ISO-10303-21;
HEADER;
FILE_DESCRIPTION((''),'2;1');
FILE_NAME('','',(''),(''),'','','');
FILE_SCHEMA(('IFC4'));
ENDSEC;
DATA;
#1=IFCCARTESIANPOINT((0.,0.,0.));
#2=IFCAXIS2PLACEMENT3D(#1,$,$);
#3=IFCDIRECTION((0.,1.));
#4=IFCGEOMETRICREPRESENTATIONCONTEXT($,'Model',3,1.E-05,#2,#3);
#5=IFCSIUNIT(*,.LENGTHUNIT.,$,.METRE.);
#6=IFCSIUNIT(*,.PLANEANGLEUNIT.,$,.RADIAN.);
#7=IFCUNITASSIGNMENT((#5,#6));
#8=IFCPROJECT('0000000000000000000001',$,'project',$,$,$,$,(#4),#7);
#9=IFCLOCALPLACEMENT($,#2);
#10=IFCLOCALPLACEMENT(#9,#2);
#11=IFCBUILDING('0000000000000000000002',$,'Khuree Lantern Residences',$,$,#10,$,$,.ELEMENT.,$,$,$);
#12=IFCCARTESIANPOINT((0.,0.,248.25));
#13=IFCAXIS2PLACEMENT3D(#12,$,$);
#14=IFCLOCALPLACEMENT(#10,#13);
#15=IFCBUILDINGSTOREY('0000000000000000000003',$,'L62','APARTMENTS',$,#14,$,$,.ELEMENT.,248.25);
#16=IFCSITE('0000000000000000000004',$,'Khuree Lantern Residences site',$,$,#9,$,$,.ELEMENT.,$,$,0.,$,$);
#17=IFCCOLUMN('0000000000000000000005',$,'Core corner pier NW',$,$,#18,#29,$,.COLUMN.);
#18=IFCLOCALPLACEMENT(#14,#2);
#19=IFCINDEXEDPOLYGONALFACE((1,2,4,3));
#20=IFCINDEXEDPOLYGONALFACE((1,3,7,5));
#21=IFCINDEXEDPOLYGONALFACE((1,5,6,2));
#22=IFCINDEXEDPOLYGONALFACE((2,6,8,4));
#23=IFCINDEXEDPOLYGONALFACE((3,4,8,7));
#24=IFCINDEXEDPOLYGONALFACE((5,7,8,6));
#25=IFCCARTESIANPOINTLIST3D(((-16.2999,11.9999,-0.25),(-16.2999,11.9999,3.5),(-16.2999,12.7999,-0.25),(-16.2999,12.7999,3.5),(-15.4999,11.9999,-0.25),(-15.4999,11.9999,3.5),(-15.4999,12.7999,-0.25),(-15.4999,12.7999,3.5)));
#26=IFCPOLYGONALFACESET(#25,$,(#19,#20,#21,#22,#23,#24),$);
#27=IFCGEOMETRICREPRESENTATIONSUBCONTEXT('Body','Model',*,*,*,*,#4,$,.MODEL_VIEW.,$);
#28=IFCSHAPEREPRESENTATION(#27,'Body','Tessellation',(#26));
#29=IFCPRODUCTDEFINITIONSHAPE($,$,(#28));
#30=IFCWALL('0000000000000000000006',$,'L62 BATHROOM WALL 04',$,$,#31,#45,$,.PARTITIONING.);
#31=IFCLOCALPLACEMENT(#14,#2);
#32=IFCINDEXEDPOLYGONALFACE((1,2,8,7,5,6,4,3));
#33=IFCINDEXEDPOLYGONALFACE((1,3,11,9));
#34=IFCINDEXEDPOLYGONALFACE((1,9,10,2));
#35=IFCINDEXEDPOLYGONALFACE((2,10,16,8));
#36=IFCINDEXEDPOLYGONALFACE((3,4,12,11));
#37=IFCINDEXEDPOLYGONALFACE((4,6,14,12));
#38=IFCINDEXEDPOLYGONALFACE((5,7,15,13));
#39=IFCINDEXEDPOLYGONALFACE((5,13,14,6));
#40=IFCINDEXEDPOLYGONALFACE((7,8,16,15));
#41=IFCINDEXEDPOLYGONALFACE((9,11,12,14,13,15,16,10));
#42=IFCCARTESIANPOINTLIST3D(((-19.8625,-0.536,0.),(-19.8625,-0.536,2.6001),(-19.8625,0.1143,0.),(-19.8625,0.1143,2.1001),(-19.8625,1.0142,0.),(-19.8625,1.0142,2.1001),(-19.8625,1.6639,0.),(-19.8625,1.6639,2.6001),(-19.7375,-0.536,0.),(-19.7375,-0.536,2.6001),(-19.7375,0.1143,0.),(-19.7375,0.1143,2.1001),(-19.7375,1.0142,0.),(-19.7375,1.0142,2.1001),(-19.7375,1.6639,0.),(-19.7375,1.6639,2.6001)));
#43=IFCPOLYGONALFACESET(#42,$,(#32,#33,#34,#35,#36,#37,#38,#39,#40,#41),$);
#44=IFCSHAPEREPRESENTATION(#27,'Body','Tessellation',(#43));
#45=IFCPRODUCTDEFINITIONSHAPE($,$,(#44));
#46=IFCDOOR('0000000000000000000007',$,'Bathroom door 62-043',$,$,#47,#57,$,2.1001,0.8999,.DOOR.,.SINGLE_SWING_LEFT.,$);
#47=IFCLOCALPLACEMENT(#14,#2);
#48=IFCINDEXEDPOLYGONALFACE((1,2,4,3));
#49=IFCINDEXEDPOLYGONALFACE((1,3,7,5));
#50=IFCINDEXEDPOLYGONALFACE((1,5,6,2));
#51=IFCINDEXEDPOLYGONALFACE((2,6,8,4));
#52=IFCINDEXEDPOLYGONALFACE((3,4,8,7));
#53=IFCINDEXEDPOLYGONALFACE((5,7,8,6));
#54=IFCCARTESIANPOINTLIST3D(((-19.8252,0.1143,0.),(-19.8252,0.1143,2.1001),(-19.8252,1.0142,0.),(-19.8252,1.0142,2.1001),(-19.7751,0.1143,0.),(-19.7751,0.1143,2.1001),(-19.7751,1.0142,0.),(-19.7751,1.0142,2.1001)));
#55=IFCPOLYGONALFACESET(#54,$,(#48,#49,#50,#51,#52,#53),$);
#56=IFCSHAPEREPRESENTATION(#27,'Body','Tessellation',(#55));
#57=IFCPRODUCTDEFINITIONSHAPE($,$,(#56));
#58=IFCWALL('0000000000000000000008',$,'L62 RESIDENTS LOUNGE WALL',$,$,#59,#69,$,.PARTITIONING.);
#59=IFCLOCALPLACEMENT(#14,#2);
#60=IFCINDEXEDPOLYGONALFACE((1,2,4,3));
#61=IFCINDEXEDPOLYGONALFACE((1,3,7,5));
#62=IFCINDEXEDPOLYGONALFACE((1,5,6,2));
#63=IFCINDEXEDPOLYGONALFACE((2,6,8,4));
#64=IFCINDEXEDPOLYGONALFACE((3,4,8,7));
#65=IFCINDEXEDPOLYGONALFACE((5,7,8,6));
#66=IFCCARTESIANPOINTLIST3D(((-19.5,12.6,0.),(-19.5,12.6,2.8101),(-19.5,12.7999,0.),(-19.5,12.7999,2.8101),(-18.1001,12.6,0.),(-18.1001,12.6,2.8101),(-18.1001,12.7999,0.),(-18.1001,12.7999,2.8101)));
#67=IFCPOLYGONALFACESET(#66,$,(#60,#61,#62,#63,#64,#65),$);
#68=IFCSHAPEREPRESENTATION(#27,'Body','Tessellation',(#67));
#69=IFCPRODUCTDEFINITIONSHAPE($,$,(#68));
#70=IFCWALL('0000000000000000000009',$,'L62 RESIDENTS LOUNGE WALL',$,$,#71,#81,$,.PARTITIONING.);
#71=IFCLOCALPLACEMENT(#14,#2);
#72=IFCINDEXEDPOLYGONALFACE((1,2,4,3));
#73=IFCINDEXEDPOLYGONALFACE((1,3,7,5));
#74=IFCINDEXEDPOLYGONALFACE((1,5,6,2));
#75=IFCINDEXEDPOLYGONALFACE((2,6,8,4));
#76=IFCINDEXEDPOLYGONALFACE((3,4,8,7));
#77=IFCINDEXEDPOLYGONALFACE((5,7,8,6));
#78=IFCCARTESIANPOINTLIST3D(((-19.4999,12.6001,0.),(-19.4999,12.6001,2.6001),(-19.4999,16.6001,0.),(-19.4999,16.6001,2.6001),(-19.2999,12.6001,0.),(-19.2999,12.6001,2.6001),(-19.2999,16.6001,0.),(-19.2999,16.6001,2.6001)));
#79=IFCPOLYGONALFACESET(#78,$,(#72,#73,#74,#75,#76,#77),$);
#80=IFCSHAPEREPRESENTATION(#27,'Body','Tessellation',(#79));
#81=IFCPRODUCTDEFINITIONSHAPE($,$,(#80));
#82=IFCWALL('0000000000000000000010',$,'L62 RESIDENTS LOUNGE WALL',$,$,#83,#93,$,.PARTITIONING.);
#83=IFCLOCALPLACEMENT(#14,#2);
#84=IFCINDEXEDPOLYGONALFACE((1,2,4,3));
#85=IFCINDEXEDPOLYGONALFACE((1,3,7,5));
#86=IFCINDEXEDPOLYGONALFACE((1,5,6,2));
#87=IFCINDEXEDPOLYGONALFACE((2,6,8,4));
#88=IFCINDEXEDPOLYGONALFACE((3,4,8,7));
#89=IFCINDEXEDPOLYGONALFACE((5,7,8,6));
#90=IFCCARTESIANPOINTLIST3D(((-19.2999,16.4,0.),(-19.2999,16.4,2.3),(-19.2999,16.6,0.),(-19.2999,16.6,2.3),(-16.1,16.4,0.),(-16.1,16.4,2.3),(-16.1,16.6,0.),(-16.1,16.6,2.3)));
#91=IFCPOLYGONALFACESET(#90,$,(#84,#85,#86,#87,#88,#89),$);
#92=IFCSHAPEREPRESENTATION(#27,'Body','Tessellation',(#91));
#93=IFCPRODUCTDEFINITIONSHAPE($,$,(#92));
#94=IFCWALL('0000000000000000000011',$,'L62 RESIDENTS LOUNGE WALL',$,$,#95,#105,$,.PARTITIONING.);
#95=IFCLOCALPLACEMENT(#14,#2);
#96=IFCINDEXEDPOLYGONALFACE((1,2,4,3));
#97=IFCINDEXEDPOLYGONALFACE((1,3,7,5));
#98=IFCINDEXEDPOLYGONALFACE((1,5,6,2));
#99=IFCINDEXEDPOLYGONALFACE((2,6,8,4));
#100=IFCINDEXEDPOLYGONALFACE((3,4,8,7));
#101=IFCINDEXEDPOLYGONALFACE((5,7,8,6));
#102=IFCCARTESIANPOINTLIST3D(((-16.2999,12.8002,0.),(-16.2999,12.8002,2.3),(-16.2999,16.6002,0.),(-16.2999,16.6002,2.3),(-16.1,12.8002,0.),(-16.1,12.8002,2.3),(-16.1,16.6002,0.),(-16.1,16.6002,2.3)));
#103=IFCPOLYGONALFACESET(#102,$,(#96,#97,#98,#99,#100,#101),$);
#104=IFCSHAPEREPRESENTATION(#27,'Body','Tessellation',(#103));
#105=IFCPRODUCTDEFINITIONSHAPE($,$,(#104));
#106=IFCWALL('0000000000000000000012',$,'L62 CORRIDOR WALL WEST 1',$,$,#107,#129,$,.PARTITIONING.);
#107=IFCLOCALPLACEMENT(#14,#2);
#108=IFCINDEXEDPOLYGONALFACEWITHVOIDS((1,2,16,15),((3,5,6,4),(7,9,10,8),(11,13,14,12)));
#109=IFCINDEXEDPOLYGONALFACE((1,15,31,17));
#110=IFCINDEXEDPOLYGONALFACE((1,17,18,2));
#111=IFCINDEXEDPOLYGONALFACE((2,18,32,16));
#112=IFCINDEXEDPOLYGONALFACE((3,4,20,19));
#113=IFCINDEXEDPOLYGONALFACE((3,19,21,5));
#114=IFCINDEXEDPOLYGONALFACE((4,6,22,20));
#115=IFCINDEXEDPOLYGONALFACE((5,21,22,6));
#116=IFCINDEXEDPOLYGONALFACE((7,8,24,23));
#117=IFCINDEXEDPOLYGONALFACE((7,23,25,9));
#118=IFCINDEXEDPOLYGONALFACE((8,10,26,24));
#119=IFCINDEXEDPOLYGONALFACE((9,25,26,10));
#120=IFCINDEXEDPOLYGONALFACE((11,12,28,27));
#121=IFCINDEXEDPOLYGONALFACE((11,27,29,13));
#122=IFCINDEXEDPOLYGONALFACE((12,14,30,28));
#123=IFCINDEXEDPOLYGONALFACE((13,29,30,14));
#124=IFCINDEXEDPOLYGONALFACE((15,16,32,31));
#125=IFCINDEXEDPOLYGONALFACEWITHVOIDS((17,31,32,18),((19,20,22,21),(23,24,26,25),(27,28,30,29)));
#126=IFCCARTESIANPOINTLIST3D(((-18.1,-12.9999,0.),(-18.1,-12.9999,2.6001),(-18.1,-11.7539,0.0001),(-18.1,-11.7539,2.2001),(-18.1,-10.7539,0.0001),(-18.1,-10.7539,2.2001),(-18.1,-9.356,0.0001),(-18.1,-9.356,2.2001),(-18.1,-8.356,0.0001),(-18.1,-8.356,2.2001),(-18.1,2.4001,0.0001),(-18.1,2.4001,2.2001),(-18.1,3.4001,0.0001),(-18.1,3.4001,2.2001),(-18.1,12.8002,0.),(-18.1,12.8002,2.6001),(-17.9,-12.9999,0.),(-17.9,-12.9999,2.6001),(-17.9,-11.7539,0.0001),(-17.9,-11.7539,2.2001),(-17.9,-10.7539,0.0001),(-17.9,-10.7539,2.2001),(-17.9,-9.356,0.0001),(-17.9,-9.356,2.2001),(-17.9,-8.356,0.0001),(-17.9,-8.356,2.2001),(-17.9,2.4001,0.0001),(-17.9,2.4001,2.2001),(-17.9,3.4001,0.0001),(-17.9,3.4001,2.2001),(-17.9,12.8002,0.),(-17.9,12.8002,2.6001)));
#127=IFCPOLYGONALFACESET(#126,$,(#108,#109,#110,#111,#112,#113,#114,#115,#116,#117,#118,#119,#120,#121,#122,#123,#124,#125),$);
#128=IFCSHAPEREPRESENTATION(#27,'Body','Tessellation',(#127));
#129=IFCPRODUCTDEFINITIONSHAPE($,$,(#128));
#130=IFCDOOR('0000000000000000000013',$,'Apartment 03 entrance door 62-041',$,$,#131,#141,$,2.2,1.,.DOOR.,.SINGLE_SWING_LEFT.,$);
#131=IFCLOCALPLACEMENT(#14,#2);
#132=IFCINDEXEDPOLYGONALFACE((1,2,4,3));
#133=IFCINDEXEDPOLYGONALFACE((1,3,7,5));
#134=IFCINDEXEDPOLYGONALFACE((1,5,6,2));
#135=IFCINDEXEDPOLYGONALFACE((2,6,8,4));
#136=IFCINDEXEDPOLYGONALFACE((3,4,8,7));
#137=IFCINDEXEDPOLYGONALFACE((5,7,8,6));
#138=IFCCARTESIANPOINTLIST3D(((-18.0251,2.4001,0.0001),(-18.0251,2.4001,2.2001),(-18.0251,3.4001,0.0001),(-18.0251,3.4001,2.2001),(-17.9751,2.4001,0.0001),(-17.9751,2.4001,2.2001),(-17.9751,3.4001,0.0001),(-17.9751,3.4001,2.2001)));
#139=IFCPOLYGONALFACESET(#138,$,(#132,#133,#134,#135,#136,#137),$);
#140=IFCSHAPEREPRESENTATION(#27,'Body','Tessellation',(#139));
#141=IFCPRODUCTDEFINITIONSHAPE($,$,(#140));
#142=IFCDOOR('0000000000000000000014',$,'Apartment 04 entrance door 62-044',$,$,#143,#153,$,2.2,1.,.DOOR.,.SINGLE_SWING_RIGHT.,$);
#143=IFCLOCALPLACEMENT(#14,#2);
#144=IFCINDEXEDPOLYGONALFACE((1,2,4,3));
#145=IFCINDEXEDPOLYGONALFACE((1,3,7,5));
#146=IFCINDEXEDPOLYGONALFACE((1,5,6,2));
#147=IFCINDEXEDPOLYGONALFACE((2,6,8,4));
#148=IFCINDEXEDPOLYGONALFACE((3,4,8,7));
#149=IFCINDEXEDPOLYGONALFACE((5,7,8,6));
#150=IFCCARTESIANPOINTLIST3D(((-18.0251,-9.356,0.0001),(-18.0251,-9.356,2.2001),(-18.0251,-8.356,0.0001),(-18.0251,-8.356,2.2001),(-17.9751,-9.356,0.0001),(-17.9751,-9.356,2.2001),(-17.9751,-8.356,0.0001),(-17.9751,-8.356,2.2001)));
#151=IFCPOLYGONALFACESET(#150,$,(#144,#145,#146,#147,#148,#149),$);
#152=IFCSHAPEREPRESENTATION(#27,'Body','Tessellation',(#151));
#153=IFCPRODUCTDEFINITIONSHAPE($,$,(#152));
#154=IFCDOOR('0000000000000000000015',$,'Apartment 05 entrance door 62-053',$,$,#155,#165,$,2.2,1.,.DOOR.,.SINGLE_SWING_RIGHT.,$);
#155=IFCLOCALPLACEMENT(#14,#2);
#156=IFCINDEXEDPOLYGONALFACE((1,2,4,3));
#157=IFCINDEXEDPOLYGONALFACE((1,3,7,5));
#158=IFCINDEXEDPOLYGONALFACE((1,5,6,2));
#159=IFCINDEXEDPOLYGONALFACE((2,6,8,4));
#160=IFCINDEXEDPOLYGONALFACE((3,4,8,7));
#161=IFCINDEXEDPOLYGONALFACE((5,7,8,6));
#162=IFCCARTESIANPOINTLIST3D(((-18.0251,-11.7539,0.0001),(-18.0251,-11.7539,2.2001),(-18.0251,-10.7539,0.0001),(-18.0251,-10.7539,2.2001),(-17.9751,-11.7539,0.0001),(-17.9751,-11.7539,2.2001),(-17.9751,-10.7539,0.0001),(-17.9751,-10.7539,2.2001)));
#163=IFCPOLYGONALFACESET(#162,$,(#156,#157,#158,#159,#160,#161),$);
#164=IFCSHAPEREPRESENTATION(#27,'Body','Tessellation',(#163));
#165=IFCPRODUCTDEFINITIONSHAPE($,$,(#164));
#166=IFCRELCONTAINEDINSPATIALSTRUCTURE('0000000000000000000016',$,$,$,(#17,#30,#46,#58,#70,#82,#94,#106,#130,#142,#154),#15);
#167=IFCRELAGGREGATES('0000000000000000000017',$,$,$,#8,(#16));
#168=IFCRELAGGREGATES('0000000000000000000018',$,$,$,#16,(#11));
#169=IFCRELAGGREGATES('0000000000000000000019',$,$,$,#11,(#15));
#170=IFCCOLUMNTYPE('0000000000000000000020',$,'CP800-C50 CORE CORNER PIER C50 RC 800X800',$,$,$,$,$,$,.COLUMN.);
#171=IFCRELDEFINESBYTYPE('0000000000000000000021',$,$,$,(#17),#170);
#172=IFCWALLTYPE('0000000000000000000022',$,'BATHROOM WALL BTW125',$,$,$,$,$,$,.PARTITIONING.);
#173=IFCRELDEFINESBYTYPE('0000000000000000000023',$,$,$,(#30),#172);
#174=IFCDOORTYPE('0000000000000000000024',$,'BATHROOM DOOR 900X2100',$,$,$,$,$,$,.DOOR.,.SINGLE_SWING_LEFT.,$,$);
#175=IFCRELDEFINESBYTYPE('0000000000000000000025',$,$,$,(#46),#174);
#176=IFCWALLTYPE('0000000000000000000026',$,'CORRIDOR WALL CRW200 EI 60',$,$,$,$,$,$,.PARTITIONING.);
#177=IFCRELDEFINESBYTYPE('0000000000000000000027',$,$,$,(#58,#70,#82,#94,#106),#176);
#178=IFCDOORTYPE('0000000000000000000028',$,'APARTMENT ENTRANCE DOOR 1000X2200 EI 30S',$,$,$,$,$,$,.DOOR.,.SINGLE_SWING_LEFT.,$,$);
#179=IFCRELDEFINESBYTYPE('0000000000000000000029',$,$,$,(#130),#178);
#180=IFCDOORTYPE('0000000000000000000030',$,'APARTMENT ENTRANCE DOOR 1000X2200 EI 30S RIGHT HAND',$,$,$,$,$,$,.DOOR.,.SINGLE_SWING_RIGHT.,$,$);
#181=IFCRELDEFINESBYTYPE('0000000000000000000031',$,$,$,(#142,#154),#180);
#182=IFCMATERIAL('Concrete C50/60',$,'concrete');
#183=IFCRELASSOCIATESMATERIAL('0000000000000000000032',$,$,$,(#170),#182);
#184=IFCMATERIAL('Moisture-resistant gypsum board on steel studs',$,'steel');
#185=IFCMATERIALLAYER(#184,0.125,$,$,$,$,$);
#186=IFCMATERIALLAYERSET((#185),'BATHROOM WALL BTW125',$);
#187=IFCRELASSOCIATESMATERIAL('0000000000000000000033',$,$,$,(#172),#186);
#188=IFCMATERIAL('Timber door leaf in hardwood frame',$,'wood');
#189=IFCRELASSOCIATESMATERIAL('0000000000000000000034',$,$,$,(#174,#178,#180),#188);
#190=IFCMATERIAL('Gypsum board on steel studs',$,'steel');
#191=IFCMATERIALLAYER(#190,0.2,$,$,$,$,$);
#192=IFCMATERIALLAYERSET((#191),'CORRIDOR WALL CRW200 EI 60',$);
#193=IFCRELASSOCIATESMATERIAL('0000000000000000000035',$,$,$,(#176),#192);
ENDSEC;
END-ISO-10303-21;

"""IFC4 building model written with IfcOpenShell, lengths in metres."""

from ifc_helpers import new_model, si_unit, direction, frame, frame_2d, origin, origin_2d, place, context, subcontext, project, spatial, rectangle, extrude, material, layer, layer_set, material_profile, profile_set, type_object, element, fill, save


model = new_model("IFC4")

# Units and contexts
model_context = context("Model", 3, precision=1e-05, world=origin(), true_north=direction((0.0, 1.0)))
body_context = subcontext(model_context, "Body", "Model", "MODEL_VIEW")
ifc_project = project(units=[si_unit("LENGTHUNIT", "METRE"), si_unit("PLANEANGLEUNIT", "RADIAN")], contexts=[model_context])

# Site, building, storey
site_placement = place(None, origin())
site = spatial("IfcSite", under=ifc_project, at=site_placement, Name="Khuree Lantern Residences site", CompositionType="ELEMENT", RefElevation=0.0)
building_placement = place(site_placement, origin())
building = spatial("IfcBuilding", under=site, at=building_placement, Name="Khuree Lantern Residences", CompositionType="ELEMENT")
storey_placement = place(building_placement, frame((0.0, 0.0, 248.25)))
storey = spatial("IfcBuildingStorey", under=building, at=storey_placement, Name="L62", Description="APARTMENTS", CompositionType="ELEMENT", Elevation=248.25)

# Column
ifc_material_1 = material(Name="Concrete C50/60", Category="concrete")
ifc_material_profile = material_profile(ifc_material_1, rectangle(XDim=0.8, YDim=0.8, at=origin_2d()), Name="RC 800X800")
ifc_profile_set = profile_set([ifc_material_profile], Name="Concrete C50/60")
column_type = type_object("IfcColumnType", Name="CP800-C50 CORE CORNER PIER C50 RC 800X800", PredefinedType="COLUMN", material=ifc_profile_set)
column_placement = place(storey_placement, frame((-15.8999, 12.3999, -0.25), z_axis=(0.0, 0.0, 1.0), x_axis=(1.0, 0.0, 0.0)))
element("IfcColumn", 1, at=column_placement, inside=storey, type_object=column_type, Name="Core corner pier NW", PredefinedType="COLUMN", context=body_context, shape_type="SweptSolid", body=[
    extrude(rectangle(XDim=0.8, YDim=0.8, at=origin_2d()), origin(), (0.0, 0.0, 1.0), 3.75),
])

# Wall, opening, door
ifc_material_2 = material(Name="Moisture-resistant gypsum board on steel studs", Category="steel")
ifc_layer_1 = layer(ifc_material_2, 0.125)
ifc_layer_set_1 = layer_set([ifc_layer_1], Name="BATHROOM WALL BTW125")
wall_type_1 = type_object("IfcWallType", Name="BATHROOM WALL BTW125", PredefinedType="PARTITIONING", material=ifc_layer_set_1)
wall_1_placement = place(storey_placement, frame((-19.8, 1.6641, 0.0), z_axis=(0.0, 0.0, 1.0), x_axis=(0.0, -1.0, 0.0)))
wall_1 = element("IfcWall", 2, at=wall_1_placement, inside=storey, type_object=wall_type_1, Name="L62 BATHROOM WALL 04", PredefinedType="PARTITIONING", context=body_context, shape_type="SweptSolid", body=[
    extrude(rectangle(XDim=2.2, YDim=0.125, at=frame_2d((1.1001, 0.0))), origin(), (0.0, 0.0, 1.0), 2.6001),
])
opening_1_placement = place(wall_1_placement, frame((0.6499, 0.0, 0.0)))
opening_1 = element("IfcOpeningElement", 3, at=opening_1_placement, cuts=wall_1, PredefinedType="OPENING", context=body_context, shape_type="SweptSolid", body=[
    extrude(rectangle(XDim=0.8999, YDim=2.1001, at=frame_2d((0.45, 1.05))), frame((0.0, 0.0725, 0.0), z_axis=(0.0, -1.0, 0.0), x_axis=(1.0, 0.0, 0.0)), (0.0, 0.0, 1.0), 0.145),
])
ifc_material_3 = material(Name="Timber door leaf in hardwood frame", Category="wood")
door_type_1 = type_object("IfcDoorType", Name="BATHROOM DOOR 900X2100", OperationType="SINGLE_SWING_LEFT", PredefinedType="DOOR", material=ifc_material_3)
door_1_placement = place(opening_1_placement, origin())
door_1 = element("IfcDoor", 4, at=door_1_placement, inside=storey, type_object=door_type_1, Name="Bathroom door 62-043", OperationType="SINGLE_SWING_LEFT", OverallHeight=2.1001, OverallWidth=0.8999, PredefinedType="DOOR", context=body_context, shape_type="SweptSolid", body=[
    extrude(rectangle(XDim=0.8999, YDim=2.1001, at=frame_2d((0.45, 1.05))), frame((0.0, 0.0249, 0.0), z_axis=(0.0, -1.0, 0.0), x_axis=(1.0, 0.0, 0.0)), (0.0, 0.0, 1.0), 0.05),
])
fill(opening_1, door_1)

# Walls
ifc_material_4 = material(Name="Gypsum board on steel studs", Category="steel")
ifc_layer_2 = layer(ifc_material_4, 0.2)
ifc_layer_set_2 = layer_set([ifc_layer_2], Name="CORRIDOR WALL CRW200 EI 60")
wall_type_2 = type_object("IfcWallType", Name="CORRIDOR WALL CRW200 EI 60", PredefinedType="PARTITIONING", material=ifc_layer_set_2)
wall_2_placement = place(storey_placement, frame((-18.1001, 12.7, 0.0), z_axis=(0.0, 0.0, 1.0), x_axis=(-1.0, 0.0, 0.0)))
element("IfcWall", 5, at=wall_2_placement, inside=storey, type_object=wall_type_2, Name="L62 RESIDENTS LOUNGE WALL", PredefinedType="PARTITIONING", context=body_context, shape_type="SweptSolid", body=[
    extrude(rectangle(XDim=1.3999, YDim=0.2, at=frame_2d((0.7, 0.0))), origin(), (0.0, 0.0, 1.0), 2.8101),
])
wall_3_placement = place(storey_placement, frame((-19.3999, 12.6001, 0.0), z_axis=(0.0, 0.0, 1.0), x_axis=(0.0, 1.0, 0.0)))
element("IfcWall", 6, at=wall_3_placement, inside=storey, type_object=wall_type_2, Name="L62 RESIDENTS LOUNGE WALL", PredefinedType="PARTITIONING", context=body_context, shape_type="SweptSolid", body=[
    extrude(rectangle(XDim=4.0, YDim=0.2, at=frame_2d((2.0, 0.0))), origin(), (0.0, 0.0, 1.0), 2.6001),
])
wall_4_placement = place(storey_placement, frame((-19.3, 16.5, 0.0), z_axis=(0.0, 0.0, 1.0), x_axis=(1.0, 0.0, 0.0)))
element("IfcWall", 7, at=wall_4_placement, inside=storey, type_object=wall_type_2, Name="L62 RESIDENTS LOUNGE WALL", PredefinedType="PARTITIONING", context=body_context, shape_type="SweptSolid", body=[
    extrude(rectangle(XDim=3.2, YDim=0.2, at=frame_2d((1.6001, 0.0))), origin(), (0.0, 0.0, 1.0), 2.3),
])
wall_5_placement = place(storey_placement, frame((-16.2, 16.6001, 0.0), z_axis=(0.0, 0.0, 1.0), x_axis=(0.0, -1.0, 0.0)))
element("IfcWall", 8, at=wall_5_placement, inside=storey, type_object=wall_type_2, Name="L62 RESIDENTS LOUNGE WALL", PredefinedType="PARTITIONING", context=body_context, shape_type="SweptSolid", body=[
    extrude(rectangle(XDim=3.8, YDim=0.2, at=frame_2d((1.8999, 0.0))), origin(), (0.0, 0.0, 1.0), 2.3),
])

# Wall, openings, doors
wall_6_placement = place(storey_placement, frame((-18.0, 12.8, 0.0), z_axis=(0.0, 0.0, 1.0), x_axis=(0.0, -1.0, 0.0)))
wall_6 = element("IfcWall", 9, at=wall_6_placement, inside=storey, type_object=wall_type_2, Name="L62 CORRIDOR WALL WEST 1", PredefinedType="PARTITIONING", context=body_context, shape_type="SweptSolid", body=[
    extrude(rectangle(XDim=25.8, YDim=0.2, at=frame_2d((12.8999, 0.0))), origin(), (0.0, 0.0, 1.0), 2.6001),
])
opening_2_placement = place(wall_6_placement, frame((9.3999, 0.0, 0.0)))
opening_2 = element("IfcOpeningElement", 10, at=opening_2_placement, cuts=wall_6, PredefinedType="OPENING", context=body_context, shape_type="SweptSolid", body=[
    extrude(rectangle(XDim=1.0, YDim=2.2, at=frame_2d((0.5, 1.1001))), frame((0.0, 0.1099, 0.0), z_axis=(0.0, -1.0, 0.0), x_axis=(1.0, 0.0, 0.0)), (0.0, 0.0, 1.0), 0.22),
])
opening_3_placement = place(wall_6_placement, frame((21.156, 0.0, 0.0)))
opening_3 = element("IfcOpeningElement", 11, at=opening_3_placement, cuts=wall_6, PredefinedType="OPENING", context=body_context, shape_type="SweptSolid", body=[
    extrude(rectangle(XDim=1.0, YDim=2.2, at=frame_2d((0.5, 1.1001))), frame((0.0, 0.1099, 0.0), z_axis=(0.0, -1.0, 0.0), x_axis=(1.0, 0.0, 0.0)), (0.0, 0.0, 1.0), 0.22),
])
opening_4_placement = place(wall_6_placement, frame((23.554, 0.0, 0.0)))
opening_4 = element("IfcOpeningElement", 12, at=opening_4_placement, cuts=wall_6, PredefinedType="OPENING", context=body_context, shape_type="SweptSolid", body=[
    extrude(rectangle(XDim=1.0, YDim=2.2, at=frame_2d((0.5, 1.1001))), frame((0.0, 0.1099, 0.0), z_axis=(0.0, -1.0, 0.0), x_axis=(1.0, 0.0, 0.0)), (0.0, 0.0, 1.0), 0.22),
])
door_type_2 = type_object("IfcDoorType", Name="APARTMENT ENTRANCE DOOR 1000X2200 EI 30S", OperationType="SINGLE_SWING_LEFT", PredefinedType="DOOR", material=ifc_material_3)
door_2_placement = place(opening_2_placement, origin())
door_2 = element("IfcDoor", 13, at=door_2_placement, inside=storey, type_object=door_type_2, Name="Apartment 03 entrance door 62-041", OperationType="SINGLE_SWING_LEFT", OverallHeight=2.2, OverallWidth=1.0, PredefinedType="DOOR", context=body_context, shape_type="SweptSolid", body=[
    extrude(rectangle(XDim=1.0, YDim=2.2, at=frame_2d((0.5, 1.1001))), frame((0.0, 0.0249, 0.0), z_axis=(0.0, -1.0, 0.0), x_axis=(1.0, 0.0, 0.0)), (0.0, 0.0, 1.0), 0.05),
])
fill(opening_2, door_2)
door_type_3 = type_object("IfcDoorType", Name="APARTMENT ENTRANCE DOOR 1000X2200 EI 30S RIGHT HAND", OperationType="SINGLE_SWING_RIGHT", PredefinedType="DOOR", material=ifc_material_3)
door_3_placement = place(opening_3_placement, origin())
door_3 = element("IfcDoor", 14, at=door_3_placement, inside=storey, type_object=door_type_3, Name="Apartment 04 entrance door 62-044", OperationType="SINGLE_SWING_RIGHT", OverallHeight=2.2, OverallWidth=1.0, PredefinedType="DOOR", context=body_context, shape_type="SweptSolid", body=[
    extrude(rectangle(XDim=1.0, YDim=2.2, at=frame_2d((0.5, 1.1001))), frame((0.0, 0.0249, 0.0), z_axis=(0.0, -1.0, 0.0), x_axis=(1.0, 0.0, 0.0)), (0.0, 0.0, 1.0), 0.05),
])
fill(opening_3, door_3)
door_4_placement = place(opening_4_placement, origin())
door_4 = element("IfcDoor", 15, at=door_4_placement, inside=storey, type_object=door_type_3, Name="Apartment 05 entrance door 62-053", OperationType="SINGLE_SWING_RIGHT", OverallHeight=2.2, OverallWidth=1.0, PredefinedType="DOOR", context=body_context, shape_type="SweptSolid", body=[
    extrude(rectangle(XDim=1.0, YDim=2.2, at=frame_2d((0.5, 1.1001))), frame((0.0, 0.0249, 0.0), z_axis=(0.0, -1.0, 0.0), x_axis=(1.0, 0.0, 0.0)), (0.0, 0.0, 1.0), 0.05),
])
fill(opening_4, door_4)

save(model, "model.ifc")
